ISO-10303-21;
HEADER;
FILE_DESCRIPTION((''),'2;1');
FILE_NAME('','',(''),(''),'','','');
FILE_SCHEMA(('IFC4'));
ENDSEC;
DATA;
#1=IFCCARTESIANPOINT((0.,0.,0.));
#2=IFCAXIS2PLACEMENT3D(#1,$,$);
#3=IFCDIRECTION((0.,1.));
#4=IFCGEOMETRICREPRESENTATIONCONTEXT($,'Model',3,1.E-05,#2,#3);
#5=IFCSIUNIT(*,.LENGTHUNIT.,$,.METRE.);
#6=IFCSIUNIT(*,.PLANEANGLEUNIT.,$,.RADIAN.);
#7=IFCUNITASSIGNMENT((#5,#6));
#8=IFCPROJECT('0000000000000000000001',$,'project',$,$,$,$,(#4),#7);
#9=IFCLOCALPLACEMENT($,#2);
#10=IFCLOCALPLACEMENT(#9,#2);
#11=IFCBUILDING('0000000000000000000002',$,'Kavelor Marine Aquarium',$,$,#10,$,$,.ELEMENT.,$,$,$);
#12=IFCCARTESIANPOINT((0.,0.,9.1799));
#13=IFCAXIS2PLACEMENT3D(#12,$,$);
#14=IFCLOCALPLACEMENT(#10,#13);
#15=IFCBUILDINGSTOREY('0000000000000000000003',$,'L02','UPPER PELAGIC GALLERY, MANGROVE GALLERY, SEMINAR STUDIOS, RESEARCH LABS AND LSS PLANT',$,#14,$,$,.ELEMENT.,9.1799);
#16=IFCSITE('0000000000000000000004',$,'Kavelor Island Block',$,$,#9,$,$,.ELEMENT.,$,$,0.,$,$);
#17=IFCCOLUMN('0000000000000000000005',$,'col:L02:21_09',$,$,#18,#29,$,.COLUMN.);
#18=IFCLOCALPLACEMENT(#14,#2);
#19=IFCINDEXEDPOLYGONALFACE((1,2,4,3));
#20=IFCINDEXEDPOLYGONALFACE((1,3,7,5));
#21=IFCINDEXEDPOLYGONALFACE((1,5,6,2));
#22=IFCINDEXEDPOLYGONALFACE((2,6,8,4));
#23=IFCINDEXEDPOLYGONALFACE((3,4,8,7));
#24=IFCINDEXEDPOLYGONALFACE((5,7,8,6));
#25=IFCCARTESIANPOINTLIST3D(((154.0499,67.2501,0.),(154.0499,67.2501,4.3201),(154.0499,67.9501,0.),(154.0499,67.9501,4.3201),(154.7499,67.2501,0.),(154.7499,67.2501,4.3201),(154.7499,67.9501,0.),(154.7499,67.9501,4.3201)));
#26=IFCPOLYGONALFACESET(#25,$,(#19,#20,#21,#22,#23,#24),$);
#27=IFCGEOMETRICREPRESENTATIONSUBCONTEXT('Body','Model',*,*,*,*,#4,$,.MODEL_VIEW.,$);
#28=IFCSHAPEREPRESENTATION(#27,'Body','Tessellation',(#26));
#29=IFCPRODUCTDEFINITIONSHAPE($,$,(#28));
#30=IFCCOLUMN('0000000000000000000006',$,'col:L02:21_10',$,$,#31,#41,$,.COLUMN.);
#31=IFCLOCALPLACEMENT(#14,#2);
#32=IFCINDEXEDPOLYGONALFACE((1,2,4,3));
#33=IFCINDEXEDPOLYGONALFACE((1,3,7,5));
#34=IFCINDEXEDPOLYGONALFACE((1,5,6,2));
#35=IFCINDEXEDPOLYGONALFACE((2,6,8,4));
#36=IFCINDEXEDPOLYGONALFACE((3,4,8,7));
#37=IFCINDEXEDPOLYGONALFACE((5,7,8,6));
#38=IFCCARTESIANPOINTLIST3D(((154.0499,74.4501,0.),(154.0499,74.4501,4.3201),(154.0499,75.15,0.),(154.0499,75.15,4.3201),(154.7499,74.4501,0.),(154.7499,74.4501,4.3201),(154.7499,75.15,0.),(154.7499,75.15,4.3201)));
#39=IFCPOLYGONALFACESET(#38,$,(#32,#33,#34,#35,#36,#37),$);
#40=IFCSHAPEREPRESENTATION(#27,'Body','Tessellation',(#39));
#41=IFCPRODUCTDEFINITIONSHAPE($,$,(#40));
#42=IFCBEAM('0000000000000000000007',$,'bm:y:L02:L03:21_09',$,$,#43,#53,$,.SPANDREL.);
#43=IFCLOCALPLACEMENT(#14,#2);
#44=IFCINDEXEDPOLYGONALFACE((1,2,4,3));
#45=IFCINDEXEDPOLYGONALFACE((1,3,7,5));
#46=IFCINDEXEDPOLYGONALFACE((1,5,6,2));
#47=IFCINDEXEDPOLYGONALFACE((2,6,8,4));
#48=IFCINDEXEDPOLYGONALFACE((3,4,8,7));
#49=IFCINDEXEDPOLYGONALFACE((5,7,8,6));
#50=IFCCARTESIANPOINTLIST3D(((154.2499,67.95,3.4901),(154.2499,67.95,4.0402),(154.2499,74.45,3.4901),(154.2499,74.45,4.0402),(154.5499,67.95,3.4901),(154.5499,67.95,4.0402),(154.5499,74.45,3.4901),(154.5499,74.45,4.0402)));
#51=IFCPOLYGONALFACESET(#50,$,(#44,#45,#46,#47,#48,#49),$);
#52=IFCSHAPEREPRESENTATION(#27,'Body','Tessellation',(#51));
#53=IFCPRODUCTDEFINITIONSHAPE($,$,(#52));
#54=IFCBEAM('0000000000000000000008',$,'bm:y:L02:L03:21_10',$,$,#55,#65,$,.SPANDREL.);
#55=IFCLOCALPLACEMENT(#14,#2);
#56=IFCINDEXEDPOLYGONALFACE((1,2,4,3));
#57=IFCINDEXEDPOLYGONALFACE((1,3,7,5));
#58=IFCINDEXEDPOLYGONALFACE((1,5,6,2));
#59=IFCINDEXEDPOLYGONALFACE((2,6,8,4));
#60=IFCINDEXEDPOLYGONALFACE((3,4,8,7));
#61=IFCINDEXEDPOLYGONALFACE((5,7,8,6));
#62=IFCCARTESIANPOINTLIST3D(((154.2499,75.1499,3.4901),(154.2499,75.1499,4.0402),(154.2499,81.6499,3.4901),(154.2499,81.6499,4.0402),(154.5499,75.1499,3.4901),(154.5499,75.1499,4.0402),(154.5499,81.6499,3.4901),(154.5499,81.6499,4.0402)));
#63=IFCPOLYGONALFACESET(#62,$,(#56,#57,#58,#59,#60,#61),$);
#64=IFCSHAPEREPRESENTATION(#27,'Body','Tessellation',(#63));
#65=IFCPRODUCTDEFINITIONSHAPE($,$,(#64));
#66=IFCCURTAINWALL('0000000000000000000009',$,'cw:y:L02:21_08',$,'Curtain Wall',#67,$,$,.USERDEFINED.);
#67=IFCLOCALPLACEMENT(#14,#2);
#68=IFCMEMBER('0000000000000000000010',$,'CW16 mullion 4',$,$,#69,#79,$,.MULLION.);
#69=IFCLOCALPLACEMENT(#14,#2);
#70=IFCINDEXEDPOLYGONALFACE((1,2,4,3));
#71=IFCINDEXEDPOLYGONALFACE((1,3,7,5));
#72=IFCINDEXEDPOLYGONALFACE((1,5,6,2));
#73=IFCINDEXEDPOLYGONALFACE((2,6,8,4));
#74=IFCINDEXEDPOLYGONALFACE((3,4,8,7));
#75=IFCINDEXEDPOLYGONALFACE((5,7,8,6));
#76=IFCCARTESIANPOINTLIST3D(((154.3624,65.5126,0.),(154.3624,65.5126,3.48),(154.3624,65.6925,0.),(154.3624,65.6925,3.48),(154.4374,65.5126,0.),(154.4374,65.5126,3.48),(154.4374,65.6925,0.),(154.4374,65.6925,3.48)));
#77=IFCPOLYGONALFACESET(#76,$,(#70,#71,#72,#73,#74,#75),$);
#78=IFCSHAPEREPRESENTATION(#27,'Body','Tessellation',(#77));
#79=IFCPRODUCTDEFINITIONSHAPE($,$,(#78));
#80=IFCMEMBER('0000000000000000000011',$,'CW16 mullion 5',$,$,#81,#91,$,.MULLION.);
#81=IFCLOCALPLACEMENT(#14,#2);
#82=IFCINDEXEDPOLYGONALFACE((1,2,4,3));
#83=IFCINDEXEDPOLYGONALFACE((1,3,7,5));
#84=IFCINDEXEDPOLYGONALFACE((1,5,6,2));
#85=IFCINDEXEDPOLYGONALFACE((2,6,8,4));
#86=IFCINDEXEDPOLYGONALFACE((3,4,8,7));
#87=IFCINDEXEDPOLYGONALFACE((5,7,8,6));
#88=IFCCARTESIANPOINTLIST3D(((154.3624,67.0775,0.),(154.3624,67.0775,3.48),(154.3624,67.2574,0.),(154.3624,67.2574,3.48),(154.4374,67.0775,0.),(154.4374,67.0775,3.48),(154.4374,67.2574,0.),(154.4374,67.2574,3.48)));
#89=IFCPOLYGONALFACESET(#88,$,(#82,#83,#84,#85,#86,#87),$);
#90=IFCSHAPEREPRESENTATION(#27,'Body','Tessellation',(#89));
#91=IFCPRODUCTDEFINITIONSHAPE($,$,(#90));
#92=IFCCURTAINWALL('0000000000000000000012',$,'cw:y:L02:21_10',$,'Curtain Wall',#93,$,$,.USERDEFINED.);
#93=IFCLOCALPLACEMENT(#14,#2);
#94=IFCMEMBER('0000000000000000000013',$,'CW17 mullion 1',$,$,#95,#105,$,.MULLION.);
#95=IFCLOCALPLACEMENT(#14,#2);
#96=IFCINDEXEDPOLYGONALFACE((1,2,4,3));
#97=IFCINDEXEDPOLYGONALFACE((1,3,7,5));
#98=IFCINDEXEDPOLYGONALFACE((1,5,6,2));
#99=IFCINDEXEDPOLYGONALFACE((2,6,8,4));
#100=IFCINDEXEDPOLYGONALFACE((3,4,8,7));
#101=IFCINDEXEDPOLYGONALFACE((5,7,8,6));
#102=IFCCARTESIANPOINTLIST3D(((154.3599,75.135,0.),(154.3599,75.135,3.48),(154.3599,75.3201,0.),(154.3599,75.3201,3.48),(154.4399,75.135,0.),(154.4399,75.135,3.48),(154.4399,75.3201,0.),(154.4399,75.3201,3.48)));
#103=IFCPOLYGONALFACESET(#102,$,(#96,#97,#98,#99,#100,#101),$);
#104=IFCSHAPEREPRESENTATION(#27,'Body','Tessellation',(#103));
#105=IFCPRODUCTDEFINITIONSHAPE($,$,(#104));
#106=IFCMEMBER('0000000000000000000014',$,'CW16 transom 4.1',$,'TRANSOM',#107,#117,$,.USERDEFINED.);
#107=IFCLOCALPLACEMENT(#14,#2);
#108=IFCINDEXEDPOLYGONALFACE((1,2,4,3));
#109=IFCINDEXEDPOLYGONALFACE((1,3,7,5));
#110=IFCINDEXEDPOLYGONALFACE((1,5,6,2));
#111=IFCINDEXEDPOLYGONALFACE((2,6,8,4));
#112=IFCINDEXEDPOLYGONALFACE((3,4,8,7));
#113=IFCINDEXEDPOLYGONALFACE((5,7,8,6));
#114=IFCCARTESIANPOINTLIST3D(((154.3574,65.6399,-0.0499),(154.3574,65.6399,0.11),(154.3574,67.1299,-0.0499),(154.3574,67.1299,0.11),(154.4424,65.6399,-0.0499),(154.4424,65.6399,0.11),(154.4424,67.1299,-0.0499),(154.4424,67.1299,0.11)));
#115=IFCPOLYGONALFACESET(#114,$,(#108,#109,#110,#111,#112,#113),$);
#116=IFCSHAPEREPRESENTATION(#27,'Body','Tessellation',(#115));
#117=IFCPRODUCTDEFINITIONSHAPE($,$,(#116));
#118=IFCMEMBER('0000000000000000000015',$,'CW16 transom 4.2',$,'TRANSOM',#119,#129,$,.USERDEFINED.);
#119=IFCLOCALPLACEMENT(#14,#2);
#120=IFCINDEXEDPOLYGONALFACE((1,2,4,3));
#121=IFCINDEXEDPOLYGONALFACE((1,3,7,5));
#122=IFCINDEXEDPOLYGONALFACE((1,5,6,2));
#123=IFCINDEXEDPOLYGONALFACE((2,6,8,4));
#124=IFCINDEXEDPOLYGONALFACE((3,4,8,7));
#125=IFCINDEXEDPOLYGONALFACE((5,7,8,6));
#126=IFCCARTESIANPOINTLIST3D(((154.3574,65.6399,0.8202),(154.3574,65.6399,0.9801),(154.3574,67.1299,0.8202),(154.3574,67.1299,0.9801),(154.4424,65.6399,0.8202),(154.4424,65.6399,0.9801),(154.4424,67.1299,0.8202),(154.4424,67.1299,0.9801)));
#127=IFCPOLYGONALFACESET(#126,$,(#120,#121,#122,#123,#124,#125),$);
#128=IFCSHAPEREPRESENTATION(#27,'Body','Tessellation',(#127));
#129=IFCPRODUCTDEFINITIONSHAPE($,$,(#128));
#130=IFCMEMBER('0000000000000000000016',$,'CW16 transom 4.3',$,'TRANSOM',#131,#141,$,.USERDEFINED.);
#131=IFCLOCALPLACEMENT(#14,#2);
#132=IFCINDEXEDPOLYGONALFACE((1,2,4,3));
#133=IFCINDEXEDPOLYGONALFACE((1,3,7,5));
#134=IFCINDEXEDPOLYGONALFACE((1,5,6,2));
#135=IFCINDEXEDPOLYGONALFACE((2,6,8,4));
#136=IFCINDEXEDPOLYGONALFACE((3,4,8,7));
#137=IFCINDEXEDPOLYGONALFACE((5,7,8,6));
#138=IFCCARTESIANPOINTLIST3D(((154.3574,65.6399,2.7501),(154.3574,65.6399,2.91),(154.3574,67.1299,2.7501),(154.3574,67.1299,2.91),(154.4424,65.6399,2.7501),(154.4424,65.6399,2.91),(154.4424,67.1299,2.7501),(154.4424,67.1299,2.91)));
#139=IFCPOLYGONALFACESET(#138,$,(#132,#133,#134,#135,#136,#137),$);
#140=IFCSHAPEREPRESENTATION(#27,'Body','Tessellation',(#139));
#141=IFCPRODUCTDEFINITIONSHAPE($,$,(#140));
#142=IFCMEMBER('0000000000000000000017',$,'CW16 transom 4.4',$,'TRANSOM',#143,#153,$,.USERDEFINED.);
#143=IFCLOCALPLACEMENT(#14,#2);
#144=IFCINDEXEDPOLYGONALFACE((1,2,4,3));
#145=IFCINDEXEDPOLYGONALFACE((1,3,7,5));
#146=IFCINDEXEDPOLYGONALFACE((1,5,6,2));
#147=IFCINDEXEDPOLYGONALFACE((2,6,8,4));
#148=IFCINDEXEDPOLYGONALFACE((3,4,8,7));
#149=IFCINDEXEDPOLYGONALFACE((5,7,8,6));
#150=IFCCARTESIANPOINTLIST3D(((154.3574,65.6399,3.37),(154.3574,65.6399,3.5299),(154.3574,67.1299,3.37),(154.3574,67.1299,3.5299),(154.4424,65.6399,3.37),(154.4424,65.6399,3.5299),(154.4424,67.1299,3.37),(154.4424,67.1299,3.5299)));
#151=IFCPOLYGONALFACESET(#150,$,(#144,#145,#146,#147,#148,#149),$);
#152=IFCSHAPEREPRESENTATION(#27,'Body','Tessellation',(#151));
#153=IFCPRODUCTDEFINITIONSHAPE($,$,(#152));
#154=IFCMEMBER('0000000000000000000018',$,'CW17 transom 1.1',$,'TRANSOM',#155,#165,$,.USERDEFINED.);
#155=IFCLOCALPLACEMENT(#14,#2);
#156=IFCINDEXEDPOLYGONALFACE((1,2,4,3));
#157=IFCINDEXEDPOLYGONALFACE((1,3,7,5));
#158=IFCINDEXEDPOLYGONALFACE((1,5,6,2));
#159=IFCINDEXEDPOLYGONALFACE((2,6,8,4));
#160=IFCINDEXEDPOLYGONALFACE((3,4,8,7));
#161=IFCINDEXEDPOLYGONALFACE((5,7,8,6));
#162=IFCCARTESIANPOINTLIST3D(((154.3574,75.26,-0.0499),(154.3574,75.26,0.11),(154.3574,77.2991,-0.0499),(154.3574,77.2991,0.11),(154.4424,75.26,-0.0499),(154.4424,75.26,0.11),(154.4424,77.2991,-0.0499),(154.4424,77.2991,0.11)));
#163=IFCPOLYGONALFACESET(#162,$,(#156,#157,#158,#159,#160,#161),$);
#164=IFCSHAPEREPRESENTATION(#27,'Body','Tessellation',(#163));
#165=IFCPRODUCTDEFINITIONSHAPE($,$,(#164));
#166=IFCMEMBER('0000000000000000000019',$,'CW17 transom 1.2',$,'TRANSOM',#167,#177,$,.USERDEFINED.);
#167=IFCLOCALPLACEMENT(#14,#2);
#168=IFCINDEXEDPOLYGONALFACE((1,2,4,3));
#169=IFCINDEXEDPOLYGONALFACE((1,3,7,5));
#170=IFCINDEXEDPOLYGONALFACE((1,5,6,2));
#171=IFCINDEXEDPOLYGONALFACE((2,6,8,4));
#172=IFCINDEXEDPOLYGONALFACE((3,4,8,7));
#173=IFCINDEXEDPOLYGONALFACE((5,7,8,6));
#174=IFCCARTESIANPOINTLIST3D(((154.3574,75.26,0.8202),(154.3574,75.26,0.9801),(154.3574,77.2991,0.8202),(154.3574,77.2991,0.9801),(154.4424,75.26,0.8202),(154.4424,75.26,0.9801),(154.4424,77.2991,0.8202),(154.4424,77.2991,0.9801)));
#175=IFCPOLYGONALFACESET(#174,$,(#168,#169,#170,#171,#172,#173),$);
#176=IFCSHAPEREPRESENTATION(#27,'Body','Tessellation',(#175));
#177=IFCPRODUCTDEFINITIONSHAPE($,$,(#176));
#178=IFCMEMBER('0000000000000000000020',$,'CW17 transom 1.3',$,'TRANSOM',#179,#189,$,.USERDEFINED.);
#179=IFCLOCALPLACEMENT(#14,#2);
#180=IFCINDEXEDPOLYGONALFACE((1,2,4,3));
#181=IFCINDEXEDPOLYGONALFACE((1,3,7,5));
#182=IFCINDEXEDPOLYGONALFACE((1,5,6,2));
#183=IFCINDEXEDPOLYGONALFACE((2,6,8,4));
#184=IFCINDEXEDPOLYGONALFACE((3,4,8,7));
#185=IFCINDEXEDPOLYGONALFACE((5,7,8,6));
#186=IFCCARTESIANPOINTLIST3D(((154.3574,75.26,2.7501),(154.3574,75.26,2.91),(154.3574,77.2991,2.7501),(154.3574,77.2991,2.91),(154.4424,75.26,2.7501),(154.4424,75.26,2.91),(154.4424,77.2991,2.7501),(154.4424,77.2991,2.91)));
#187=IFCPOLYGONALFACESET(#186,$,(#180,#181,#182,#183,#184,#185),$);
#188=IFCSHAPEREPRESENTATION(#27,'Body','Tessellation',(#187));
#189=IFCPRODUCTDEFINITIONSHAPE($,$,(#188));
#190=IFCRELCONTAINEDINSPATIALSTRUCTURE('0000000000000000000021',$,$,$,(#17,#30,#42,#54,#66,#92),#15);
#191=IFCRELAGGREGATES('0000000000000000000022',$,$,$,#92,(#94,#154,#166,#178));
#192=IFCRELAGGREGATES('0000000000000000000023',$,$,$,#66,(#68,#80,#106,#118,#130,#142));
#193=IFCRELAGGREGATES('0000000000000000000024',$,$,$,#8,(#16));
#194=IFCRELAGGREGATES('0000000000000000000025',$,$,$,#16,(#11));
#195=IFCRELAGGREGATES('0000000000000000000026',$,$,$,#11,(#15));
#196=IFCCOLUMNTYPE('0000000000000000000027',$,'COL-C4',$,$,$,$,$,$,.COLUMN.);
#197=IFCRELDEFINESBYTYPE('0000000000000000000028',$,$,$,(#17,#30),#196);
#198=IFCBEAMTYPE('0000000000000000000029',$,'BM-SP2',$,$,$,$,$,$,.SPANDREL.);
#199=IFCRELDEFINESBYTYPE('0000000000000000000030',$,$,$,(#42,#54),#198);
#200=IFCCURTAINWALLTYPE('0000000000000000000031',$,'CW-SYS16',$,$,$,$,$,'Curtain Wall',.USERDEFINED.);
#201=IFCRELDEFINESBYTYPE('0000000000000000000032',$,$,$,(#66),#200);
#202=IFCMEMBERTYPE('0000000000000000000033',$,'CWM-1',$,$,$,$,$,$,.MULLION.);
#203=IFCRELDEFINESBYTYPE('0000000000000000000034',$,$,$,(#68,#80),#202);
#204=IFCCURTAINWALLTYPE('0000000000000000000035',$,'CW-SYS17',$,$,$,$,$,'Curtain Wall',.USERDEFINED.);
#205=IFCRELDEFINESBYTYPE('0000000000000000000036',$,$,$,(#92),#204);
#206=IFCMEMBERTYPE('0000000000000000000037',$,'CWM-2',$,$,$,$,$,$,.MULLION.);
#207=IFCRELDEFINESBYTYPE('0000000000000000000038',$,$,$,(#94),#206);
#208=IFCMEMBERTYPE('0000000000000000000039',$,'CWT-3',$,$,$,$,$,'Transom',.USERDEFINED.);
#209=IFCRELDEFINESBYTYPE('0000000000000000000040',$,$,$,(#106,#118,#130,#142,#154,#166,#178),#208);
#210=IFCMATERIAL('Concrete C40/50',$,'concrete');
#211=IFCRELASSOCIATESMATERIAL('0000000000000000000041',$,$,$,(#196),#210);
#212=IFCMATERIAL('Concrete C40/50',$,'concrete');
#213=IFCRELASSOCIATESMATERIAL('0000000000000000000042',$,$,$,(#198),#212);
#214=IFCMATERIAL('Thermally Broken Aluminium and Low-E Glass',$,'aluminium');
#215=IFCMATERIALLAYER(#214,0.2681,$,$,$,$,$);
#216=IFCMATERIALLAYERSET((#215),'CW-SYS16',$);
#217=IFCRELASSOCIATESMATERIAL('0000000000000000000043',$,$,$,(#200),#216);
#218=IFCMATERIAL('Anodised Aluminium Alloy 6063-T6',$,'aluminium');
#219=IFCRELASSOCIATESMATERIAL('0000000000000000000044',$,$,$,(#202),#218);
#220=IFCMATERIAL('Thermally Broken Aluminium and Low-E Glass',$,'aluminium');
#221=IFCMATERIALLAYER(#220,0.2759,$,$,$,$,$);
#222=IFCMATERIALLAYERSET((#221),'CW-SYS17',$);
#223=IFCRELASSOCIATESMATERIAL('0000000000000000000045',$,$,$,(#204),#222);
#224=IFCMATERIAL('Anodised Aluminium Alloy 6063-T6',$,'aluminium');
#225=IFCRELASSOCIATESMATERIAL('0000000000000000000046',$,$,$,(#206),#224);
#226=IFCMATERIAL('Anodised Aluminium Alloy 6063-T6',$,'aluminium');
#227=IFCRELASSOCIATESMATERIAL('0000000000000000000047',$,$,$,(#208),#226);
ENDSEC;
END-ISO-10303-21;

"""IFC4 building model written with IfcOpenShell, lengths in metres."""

from ifc_helpers import new_model, si_unit, direction, frame, origin, origin_2d, place, context, subcontext, project, spatial, rectangle, extrude, material, layer, layer_set, material_profile, profile_set, type_object, element, aggregate, save


model = new_model("IFC4")

# Units and contexts
model_context = context("Model", 3, precision=1e-05, world=origin(), true_north=direction((0.0, 1.0)))
body_context = subcontext(model_context, "Body", "Model", "MODEL_VIEW")
ifc_project = project(units=[si_unit("LENGTHUNIT", "METRE"), si_unit("PLANEANGLEUNIT", "RADIAN")], contexts=[model_context])

# Site, building, storey
site_placement = place(None, origin())
site = spatial("IfcSite", under=ifc_project, at=site_placement, Name="Kavelor Island Block", CompositionType="ELEMENT", RefElevation=0.0)
building_placement = place(site_placement, origin())
building = spatial("IfcBuilding", under=site, at=building_placement, Name="Kavelor Marine Aquarium", CompositionType="ELEMENT")
storey_placement = place(building_placement, frame((0.0, 0.0, 9.1799)))
storey = spatial("IfcBuildingStorey", under=building, at=storey_placement, Name="L02", Description="UPPER PELAGIC GALLERY, MANGROVE GALLERY, SEMINAR STUDIOS, RESEARCH LABS AND LSS PLANT", CompositionType="ELEMENT", Elevation=9.1799)

# Columns
ifc_material_1 = material(Name="Concrete C40/50", Category="concrete")
ifc_material_profile_1 = material_profile(ifc_material_1, rectangle(XDim=0.7, YDim=0.7, at=origin_2d()), Name="RC-COL 700x700")
ifc_profile_set_1 = profile_set([ifc_material_profile_1], Name="Concrete C40/50")
column_type = type_object("IfcColumnType", Name="COL-C4", PredefinedType="COLUMN", material=ifc_profile_set_1)
for number, where, z_axis, x_axis, name in (
    (1, (154.3999, 67.6001, 0.0), (0.0, 0.0, 1.0), (1.0, 0.0, 0.0), "col:L02:21_09"),
    (2, (154.3999, 74.8, 0.0), (0.0, 0.0, 1.0), (1.0, 0.0, 0.0), "col:L02:21_10"),
):
    element("IfcColumn", number, at=place(storey_placement, frame(where, z_axis=z_axis, x_axis=x_axis)), inside=storey, type_object=column_type, Name=name, PredefinedType="COLUMN", context=body_context, shape_type="SweptSolid", body=[
        extrude(rectangle(XDim=0.7, YDim=0.7, at=origin_2d()), origin(), (0.0, 0.0, 1.0), 4.3201),
    ])

# Beams
ifc_material_2 = material(Name="Concrete C40/50", Category="concrete")
ifc_material_profile_2 = material_profile(ifc_material_2, rectangle(XDim=0.3, YDim=0.55, at=origin_2d()), Name="RC-SP 300x550")
ifc_profile_set_2 = profile_set([ifc_material_profile_2], Name="Concrete C40/50")
beam_type = type_object("IfcBeamType", Name="BM-SP2", PredefinedType="SPANDREL", material=ifc_profile_set_2)
for number, where, z_axis, x_axis, name in (
    (3, (154.3999, 67.95, 3.7651), (0.0, 1.0, 0.0), (-1.0, 0.0, 0.0), "bm:y:L02:L03:21_09"),
    (4, (154.3999, 75.1499, 3.7651), (0.0, 1.0, 0.0), (-1.0, 0.0, 0.0), "bm:y:L02:L03:21_10"),
):
    element("IfcBeam", number, at=place(storey_placement, frame(where, z_axis=z_axis, x_axis=x_axis)), inside=storey, type_object=beam_type, Name=name, PredefinedType="SPANDREL", context=body_context, shape_type="SweptSolid", body=[
        extrude(rectangle(XDim=0.3, YDim=0.55, at=origin_2d()), origin(), (0.0, 0.0, 1.0), 6.5),
    ])

# Curtain wall, members
ifc_material_3 = material(Name="Thermally Broken Aluminium and Low-E Glass", Category="aluminium")
ifc_layer_1 = layer(ifc_material_3, 0.2681)
ifc_layer_set_1 = layer_set([ifc_layer_1], Name="CW-SYS16")
curtain_wall_type_1 = type_object("IfcCurtainWallType", Name="CW-SYS16", ElementType="Curtain Wall", PredefinedType="USERDEFINED", material=ifc_layer_set_1)
curtain_wall_1_placement = place(storey_placement, origin())
curtain_wall_1 = element("IfcCurtainWall", 5, at=curtain_wall_1_placement, inside=storey, type_object=curtain_wall_type_1, Name="cw:y:L02:21_08", ObjectType="Curtain Wall", PredefinedType="USERDEFINED")
ifc_material_4 = material(Name="Anodised Aluminium Alloy 6063-T6", Category="aluminium")
ifc_material_profile_3 = material_profile(ifc_material_4, rectangle(XDim=0.075, YDim=0.1799, at=origin_2d()), Name="CW-MUL 75x180")
ifc_profile_set_3 = profile_set([ifc_material_profile_3], Name="Anodised Aluminium Alloy 6063-T6")
member_type_1 = type_object("IfcMemberType", Name="CWM-1", PredefinedType="MULLION", material=ifc_profile_set_3)
member_1_placement = place(storey_placement, frame((154.3999, 65.6025, 0.0), z_axis=(0.0, 0.0, 1.0), x_axis=(-1.0, 0.0, 0.0)))
member_1 = element("IfcMember", 6, at=member_1_placement, type_object=member_type_1, Name="CW16 mullion 4", PredefinedType="MULLION", context=body_context, shape_type="SweptSolid", body=[
    extrude(rectangle(XDim=0.075, YDim=0.1799, at=origin_2d()), origin(), (0.0, 0.0, 1.0), 3.48),
])
member_2_placement = place(storey_placement, frame((154.3999, 67.1675, 0.0), z_axis=(0.0, 0.0, 1.0), x_axis=(-1.0, 0.0, 0.0)))
member_2 = element("IfcMember", 7, at=member_2_placement, type_object=member_type_1, Name="CW16 mullion 5", PredefinedType="MULLION", context=body_context, shape_type="SweptSolid", body=[
    extrude(rectangle(XDim=0.075, YDim=0.1799, at=origin_2d()), origin(), (0.0, 0.0, 1.0), 3.48),
])

# Curtain wall, member
ifc_material_5 = material(Name="Thermally Broken Aluminium and Low-E Glass", Category="aluminium")
ifc_layer_2 = layer(ifc_material_5, 0.2759)
ifc_layer_set_2 = layer_set([ifc_layer_2], Name="CW-SYS17")
curtain_wall_type_2 = type_object("IfcCurtainWallType", Name="CW-SYS17", ElementType="Curtain Wall", PredefinedType="USERDEFINED", material=ifc_layer_set_2)
curtain_wall_2_placement = place(storey_placement, origin())
curtain_wall_2 = element("IfcCurtainWall", 8, at=curtain_wall_2_placement, inside=storey, type_object=curtain_wall_type_2, Name="cw:y:L02:21_10", ObjectType="Curtain Wall", PredefinedType="USERDEFINED")
ifc_material_6 = material(Name="Anodised Aluminium Alloy 6063-T6", Category="aluminium")
ifc_material_profile_4 = material_profile(ifc_material_6, rectangle(XDim=0.0801, YDim=0.1851, at=origin_2d()), Name="CW-MUL 80x185")
ifc_profile_set_4 = profile_set([ifc_material_profile_4], Name="Anodised Aluminium Alloy 6063-T6")
member_type_2 = type_object("IfcMemberType", Name="CWM-2", PredefinedType="MULLION", material=ifc_profile_set_4)
member_3_placement = place(storey_placement, frame((154.3999, 75.2275, 0.0), z_axis=(0.0, 0.0, 1.0), x_axis=(-1.0, 0.0, 0.0)))
member_3 = element("IfcMember", 9, at=member_3_placement, type_object=member_type_2, Name="CW17 mullion 1", PredefinedType="MULLION", context=body_context, shape_type="SweptSolid", body=[
    extrude(rectangle(XDim=0.0801, YDim=0.1851, at=origin_2d()), origin(), (0.0, 0.0, 1.0), 3.48),
])

# Members
ifc_material_7 = material(Name="Anodised Aluminium Alloy 6063-T6", Category="aluminium")
ifc_material_profile_5 = material_profile(ifc_material_7, rectangle(XDim=0.085, YDim=0.1599, at=origin_2d()), Name="CW-TRN 85x160")
ifc_profile_set_5 = profile_set([ifc_material_profile_5], Name="Anodised Aluminium Alloy 6063-T6")
member_type_3 = type_object("IfcMemberType", Name="CWT-3", ElementType="Transom", PredefinedType="USERDEFINED", material=ifc_profile_set_5)
member_4_placement = place(storey_placement, frame((154.3999, 65.6399, 0.03), z_axis=(0.0, 1.0, 0.0), x_axis=(-1.0, 0.0, 0.0)))
member_4 = element("IfcMember", 10, at=member_4_placement, type_object=member_type_3, Name="CW16 transom 4.1", ObjectType="TRANSOM", PredefinedType="USERDEFINED", context=body_context, shape_type="SweptSolid", body=[
    extrude(rectangle(XDim=0.085, YDim=0.1599, at=origin_2d()), origin(), (0.0, 0.0, 1.0), 1.49),
])
member_5_placement = place(storey_placement, frame((154.3999, 65.6399, 0.9001), z_axis=(0.0, 1.0, 0.0), x_axis=(-1.0, 0.0, 0.0)))
member_5 = element("IfcMember", 11, at=member_5_placement, type_object=member_type_3, Name="CW16 transom 4.2", ObjectType="TRANSOM", PredefinedType="USERDEFINED", context=body_context, shape_type="SweptSolid", body=[
    extrude(rectangle(XDim=0.085, YDim=0.1599, at=origin_2d()), origin(), (0.0, 0.0, 1.0), 1.49),
])
member_6_placement = place(storey_placement, frame((154.3999, 65.6399, 2.8301), z_axis=(0.0, 1.0, 0.0), x_axis=(-1.0, 0.0, 0.0)))
member_6 = element("IfcMember", 12, at=member_6_placement, type_object=member_type_3, Name="CW16 transom 4.3", ObjectType="TRANSOM", PredefinedType="USERDEFINED", context=body_context, shape_type="SweptSolid", body=[
    extrude(rectangle(XDim=0.085, YDim=0.1599, at=origin_2d()), origin(), (0.0, 0.0, 1.0), 1.49),
])
member_7_placement = place(storey_placement, frame((154.3999, 65.6399, 3.45), z_axis=(0.0, 1.0, 0.0), x_axis=(-1.0, 0.0, 0.0)))
member_7 = element("IfcMember", 13, at=member_7_placement, type_object=member_type_3, Name="CW16 transom 4.4", ObjectType="TRANSOM", PredefinedType="USERDEFINED", context=body_context, shape_type="SweptSolid", body=[
    extrude(rectangle(XDim=0.085, YDim=0.1599, at=origin_2d()), origin(), (0.0, 0.0, 1.0), 1.49),
])
member_8_placement = place(storey_placement, frame((154.3999, 75.26, 0.03), z_axis=(0.0, 1.0, 0.0), x_axis=(-1.0, 0.0, 0.0)))
member_8 = element("IfcMember", 14, at=member_8_placement, type_object=member_type_3, Name="CW17 transom 1.1", ObjectType="TRANSOM", PredefinedType="USERDEFINED", context=body_context, shape_type="SweptSolid", body=[
    extrude(rectangle(XDim=0.085, YDim=0.1599, at=origin_2d()), origin(), (0.0, 0.0, 1.0), 2.0391),
])
member_9_placement = place(storey_placement, frame((154.3999, 75.26, 0.9001), z_axis=(0.0, 1.0, 0.0), x_axis=(-1.0, 0.0, 0.0)))
member_9 = element("IfcMember", 15, at=member_9_placement, type_object=member_type_3, Name="CW17 transom 1.2", ObjectType="TRANSOM", PredefinedType="USERDEFINED", context=body_context, shape_type="SweptSolid", body=[
    extrude(rectangle(XDim=0.085, YDim=0.1599, at=origin_2d()), origin(), (0.0, 0.0, 1.0), 2.0391),
])
member_10_placement = place(storey_placement, frame((154.3999, 75.26, 2.8301), z_axis=(0.0, 1.0, 0.0), x_axis=(-1.0, 0.0, 0.0)))
member_10 = element("IfcMember", 16, at=member_10_placement, type_object=member_type_3, Name="CW17 transom 1.3", ObjectType="TRANSOM", PredefinedType="USERDEFINED", context=body_context, shape_type="SweptSolid", body=[
    extrude(rectangle(XDim=0.085, YDim=0.1599, at=origin_2d()), origin(), (0.0, 0.0, 1.0), 2.0391),
])
aggregate(curtain_wall_2, [member_3, member_8, member_9, member_10])

aggregate(curtain_wall_1, [member_1, member_2, member_4, member_5, member_6, member_7])

save(model, "model.ifc")
